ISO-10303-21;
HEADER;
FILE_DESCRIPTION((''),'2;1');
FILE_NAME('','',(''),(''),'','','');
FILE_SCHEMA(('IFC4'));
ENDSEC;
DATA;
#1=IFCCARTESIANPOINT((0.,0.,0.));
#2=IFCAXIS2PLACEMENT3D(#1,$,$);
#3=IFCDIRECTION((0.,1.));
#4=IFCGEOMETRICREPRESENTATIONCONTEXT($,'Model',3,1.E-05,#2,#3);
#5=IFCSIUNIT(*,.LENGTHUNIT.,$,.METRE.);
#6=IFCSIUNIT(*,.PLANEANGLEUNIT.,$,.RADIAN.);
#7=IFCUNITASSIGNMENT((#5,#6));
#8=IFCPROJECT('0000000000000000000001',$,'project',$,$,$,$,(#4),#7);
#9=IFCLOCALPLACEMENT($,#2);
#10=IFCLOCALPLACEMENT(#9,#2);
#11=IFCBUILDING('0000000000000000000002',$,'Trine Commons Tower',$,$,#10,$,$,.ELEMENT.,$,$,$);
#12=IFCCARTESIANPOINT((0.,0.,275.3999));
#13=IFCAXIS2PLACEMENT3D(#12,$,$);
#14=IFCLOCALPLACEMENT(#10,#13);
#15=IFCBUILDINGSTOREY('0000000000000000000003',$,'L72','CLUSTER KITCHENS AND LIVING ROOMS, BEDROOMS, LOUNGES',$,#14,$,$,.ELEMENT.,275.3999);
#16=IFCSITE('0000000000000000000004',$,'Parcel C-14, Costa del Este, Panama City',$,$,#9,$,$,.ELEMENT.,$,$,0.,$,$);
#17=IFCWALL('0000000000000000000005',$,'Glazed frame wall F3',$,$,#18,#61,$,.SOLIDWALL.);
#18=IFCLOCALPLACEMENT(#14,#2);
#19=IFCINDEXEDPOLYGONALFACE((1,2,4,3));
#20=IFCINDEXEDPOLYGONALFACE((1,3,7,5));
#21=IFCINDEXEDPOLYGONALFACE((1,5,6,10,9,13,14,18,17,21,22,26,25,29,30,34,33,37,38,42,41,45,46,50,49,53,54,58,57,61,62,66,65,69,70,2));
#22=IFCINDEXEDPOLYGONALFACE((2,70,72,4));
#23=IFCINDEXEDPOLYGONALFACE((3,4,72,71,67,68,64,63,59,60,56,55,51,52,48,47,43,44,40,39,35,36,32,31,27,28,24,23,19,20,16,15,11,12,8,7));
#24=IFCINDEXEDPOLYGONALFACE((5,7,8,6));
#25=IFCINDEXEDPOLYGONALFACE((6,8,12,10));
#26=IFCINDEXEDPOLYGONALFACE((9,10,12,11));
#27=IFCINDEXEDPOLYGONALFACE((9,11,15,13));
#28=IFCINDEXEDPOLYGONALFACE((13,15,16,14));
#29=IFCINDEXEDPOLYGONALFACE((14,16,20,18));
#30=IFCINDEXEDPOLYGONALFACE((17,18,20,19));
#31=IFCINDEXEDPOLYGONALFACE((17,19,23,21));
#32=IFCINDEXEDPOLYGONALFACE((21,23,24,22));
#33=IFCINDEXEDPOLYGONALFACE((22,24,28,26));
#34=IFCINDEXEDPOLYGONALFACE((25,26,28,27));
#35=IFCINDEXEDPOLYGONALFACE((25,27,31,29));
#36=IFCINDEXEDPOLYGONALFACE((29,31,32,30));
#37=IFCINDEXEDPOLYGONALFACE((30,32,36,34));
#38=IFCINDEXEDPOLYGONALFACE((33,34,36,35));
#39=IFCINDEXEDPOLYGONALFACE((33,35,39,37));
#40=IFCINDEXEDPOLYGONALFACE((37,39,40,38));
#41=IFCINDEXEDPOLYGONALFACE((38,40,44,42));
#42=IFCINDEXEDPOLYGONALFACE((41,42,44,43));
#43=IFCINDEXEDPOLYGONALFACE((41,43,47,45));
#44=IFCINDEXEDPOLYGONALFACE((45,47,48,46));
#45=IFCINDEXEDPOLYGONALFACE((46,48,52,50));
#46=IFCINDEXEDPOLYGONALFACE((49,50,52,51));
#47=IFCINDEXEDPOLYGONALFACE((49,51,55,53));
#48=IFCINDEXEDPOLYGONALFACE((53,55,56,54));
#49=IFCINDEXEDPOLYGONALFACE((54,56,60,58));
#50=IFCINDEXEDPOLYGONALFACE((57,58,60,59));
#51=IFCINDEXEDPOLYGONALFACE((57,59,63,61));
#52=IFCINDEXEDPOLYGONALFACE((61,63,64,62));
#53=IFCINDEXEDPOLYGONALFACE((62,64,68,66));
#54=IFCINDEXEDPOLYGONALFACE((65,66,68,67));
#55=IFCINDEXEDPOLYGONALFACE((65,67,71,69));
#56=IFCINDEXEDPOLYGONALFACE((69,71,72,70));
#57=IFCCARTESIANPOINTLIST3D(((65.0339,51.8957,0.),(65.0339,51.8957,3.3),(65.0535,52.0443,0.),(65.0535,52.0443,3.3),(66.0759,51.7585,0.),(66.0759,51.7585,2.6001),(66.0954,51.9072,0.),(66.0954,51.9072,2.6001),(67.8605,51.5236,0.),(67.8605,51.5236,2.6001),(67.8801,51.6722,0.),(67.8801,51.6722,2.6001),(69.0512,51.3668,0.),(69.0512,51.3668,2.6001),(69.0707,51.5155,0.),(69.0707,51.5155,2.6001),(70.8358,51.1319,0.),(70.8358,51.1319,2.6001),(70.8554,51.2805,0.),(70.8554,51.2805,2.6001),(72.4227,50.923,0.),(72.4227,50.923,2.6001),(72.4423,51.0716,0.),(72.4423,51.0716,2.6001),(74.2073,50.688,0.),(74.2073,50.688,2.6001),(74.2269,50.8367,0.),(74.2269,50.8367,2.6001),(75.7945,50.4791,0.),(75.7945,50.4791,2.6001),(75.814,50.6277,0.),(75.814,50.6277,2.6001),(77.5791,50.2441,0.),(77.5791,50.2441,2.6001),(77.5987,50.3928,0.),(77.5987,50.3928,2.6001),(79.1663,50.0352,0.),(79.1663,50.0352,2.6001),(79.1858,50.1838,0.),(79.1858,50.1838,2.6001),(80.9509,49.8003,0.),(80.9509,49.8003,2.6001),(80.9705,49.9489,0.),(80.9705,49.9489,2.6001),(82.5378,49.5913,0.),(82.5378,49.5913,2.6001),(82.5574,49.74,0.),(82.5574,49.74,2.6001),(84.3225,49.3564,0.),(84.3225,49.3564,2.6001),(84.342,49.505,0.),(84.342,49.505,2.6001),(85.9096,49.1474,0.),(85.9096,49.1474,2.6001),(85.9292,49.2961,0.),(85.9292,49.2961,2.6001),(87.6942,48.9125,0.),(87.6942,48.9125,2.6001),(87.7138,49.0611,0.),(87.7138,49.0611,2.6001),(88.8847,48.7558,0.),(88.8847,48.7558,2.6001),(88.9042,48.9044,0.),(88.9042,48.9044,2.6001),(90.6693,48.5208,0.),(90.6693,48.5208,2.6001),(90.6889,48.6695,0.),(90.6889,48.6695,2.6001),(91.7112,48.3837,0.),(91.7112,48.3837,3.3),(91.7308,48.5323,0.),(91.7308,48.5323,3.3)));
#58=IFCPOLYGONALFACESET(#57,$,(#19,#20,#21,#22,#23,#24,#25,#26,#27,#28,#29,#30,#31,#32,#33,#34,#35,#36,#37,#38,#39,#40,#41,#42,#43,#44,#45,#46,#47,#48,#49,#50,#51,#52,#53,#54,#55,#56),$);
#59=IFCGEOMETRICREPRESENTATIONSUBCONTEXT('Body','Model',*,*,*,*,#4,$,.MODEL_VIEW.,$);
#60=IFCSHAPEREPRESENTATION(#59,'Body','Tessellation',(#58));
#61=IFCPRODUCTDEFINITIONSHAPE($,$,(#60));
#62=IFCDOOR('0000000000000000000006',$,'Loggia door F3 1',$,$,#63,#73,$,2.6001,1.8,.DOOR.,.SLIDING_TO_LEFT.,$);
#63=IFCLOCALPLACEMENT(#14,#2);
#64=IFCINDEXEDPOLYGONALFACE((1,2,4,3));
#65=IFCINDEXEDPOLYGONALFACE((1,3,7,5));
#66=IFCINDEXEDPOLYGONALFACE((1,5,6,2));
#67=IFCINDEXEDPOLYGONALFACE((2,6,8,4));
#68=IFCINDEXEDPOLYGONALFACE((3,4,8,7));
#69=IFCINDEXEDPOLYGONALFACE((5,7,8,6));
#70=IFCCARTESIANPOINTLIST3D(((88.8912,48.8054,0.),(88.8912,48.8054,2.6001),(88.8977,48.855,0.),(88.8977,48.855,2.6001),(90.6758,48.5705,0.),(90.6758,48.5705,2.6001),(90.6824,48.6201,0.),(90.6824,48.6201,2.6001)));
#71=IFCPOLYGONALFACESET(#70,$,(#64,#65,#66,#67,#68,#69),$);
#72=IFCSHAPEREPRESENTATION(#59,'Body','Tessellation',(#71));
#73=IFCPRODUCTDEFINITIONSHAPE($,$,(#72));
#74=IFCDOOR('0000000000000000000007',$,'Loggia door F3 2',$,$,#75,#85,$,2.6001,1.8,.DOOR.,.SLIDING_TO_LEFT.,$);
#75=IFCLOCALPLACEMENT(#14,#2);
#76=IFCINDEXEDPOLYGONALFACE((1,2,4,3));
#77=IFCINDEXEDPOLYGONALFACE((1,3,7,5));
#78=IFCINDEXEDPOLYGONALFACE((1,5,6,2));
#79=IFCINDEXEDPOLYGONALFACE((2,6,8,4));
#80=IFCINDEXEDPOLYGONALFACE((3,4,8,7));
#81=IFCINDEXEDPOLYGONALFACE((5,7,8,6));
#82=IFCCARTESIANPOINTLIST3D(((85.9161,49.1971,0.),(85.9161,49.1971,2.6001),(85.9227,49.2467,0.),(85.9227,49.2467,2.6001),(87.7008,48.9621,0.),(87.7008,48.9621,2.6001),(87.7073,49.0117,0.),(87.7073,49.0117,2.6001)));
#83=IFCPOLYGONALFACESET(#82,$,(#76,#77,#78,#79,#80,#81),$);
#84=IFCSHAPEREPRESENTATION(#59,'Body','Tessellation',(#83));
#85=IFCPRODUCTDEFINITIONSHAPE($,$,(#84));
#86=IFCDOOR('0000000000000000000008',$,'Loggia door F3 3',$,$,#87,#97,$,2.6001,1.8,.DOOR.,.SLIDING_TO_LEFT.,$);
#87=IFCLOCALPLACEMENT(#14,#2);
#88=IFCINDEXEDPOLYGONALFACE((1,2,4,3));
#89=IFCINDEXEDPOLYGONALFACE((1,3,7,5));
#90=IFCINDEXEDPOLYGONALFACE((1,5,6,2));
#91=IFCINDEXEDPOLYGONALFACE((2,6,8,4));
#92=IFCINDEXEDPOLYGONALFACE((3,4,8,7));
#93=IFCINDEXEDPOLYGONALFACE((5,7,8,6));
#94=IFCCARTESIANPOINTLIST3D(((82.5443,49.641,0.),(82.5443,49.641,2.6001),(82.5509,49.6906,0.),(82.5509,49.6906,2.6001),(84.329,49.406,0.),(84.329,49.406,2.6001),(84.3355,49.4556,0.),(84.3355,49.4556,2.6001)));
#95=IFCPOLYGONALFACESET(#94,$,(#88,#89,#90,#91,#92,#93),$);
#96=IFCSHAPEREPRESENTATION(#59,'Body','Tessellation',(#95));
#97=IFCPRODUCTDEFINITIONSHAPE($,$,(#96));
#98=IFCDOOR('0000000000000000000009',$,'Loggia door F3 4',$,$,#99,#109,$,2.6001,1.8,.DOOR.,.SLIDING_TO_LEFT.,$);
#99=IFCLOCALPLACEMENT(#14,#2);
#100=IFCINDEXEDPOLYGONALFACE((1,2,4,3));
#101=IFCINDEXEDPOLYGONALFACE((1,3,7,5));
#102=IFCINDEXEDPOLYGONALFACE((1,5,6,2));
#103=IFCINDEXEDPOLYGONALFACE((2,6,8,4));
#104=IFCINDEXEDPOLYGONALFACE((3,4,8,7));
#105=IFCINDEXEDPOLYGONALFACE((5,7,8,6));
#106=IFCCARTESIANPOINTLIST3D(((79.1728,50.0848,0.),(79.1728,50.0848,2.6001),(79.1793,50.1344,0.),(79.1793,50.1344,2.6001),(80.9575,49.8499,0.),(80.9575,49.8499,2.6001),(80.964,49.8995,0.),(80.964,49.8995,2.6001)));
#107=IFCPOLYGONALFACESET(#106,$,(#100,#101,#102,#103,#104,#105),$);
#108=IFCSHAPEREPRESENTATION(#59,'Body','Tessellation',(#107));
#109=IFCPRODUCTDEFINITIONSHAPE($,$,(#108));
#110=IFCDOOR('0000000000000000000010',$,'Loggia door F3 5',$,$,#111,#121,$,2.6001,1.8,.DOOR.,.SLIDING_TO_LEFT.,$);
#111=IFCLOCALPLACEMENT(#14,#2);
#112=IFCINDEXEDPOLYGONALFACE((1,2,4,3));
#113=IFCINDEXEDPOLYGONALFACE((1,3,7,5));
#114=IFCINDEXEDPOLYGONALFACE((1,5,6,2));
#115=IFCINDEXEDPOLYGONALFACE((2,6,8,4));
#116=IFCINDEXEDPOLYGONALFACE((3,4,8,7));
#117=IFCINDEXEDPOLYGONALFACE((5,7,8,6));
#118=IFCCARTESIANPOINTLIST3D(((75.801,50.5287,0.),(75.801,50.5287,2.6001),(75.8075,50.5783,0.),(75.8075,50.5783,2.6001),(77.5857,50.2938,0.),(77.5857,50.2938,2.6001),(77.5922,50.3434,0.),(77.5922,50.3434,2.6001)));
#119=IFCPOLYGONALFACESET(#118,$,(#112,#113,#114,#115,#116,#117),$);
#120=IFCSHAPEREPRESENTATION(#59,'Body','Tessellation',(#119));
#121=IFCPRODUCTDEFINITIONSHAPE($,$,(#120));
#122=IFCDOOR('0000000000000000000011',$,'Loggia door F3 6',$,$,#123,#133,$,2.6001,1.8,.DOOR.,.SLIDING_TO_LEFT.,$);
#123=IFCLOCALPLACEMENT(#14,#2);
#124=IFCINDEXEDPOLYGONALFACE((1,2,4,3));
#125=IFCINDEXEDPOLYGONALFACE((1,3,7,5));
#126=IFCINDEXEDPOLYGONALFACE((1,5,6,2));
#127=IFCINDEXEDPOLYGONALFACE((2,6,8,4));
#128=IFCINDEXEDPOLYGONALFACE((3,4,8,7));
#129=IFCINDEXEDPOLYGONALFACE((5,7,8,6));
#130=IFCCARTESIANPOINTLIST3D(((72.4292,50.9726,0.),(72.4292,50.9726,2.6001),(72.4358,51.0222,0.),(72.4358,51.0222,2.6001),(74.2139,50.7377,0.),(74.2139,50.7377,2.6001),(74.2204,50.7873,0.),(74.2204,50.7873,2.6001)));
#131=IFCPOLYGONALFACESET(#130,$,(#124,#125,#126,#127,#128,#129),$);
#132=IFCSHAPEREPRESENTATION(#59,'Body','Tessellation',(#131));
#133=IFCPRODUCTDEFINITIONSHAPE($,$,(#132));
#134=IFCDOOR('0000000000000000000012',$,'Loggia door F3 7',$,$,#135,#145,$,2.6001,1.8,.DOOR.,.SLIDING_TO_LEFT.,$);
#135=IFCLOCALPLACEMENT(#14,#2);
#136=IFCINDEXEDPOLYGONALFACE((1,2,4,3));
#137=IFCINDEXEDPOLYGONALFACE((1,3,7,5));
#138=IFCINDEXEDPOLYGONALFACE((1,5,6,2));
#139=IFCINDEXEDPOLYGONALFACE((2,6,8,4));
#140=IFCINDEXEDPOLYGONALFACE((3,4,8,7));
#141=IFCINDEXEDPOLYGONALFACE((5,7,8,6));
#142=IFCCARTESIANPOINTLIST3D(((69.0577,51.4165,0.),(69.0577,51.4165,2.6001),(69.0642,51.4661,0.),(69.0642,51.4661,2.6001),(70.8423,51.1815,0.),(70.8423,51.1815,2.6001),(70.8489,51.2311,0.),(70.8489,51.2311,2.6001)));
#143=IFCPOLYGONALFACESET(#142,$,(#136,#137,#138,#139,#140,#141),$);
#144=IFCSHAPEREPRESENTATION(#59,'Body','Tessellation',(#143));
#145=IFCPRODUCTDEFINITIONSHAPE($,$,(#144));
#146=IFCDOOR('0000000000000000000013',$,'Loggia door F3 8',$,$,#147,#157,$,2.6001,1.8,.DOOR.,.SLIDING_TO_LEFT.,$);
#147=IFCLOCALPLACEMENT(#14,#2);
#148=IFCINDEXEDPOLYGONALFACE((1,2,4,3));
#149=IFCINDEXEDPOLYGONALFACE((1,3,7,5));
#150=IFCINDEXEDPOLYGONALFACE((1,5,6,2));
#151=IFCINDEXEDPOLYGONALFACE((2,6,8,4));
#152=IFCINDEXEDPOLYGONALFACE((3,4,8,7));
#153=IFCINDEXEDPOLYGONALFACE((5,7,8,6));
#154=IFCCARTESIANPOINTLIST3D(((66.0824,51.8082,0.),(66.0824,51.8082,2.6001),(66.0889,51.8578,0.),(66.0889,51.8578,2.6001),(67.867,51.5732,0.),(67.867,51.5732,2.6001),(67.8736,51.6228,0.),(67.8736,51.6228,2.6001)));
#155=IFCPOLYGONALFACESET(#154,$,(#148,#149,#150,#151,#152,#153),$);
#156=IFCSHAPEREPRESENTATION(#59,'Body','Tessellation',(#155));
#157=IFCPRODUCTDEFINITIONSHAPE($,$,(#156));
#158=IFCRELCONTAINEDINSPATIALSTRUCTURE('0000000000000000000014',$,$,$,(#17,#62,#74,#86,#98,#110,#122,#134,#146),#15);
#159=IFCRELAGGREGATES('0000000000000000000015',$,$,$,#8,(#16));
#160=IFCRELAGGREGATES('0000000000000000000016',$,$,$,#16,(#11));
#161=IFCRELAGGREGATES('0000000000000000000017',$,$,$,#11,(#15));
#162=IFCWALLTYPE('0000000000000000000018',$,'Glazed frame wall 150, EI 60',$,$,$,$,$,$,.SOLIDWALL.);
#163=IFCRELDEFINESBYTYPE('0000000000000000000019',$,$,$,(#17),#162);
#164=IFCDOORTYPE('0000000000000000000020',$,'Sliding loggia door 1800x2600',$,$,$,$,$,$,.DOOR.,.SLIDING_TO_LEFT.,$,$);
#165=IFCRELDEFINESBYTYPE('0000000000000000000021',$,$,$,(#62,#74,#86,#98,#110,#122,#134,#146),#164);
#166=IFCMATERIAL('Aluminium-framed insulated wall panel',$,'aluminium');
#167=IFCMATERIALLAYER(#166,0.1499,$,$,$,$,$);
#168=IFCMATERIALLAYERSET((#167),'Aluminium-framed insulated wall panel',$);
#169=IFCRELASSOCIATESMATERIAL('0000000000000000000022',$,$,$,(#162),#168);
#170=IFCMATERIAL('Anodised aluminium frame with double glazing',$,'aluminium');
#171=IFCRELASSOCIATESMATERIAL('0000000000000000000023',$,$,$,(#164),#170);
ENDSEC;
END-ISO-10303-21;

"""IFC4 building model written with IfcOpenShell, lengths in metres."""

from ifc_helpers import new_model, si_unit, direction, frame, frame_2d, origin, place, context, subcontext, project, spatial, polyline, rectangle, outline, extrude, material, layer, layer_set, type_object, element, fill, save


model = new_model("IFC4")

# Units and contexts
model_context = context("Model", 3, precision=1e-05, world=origin(), true_north=direction((0.0, 1.0)))
body_context = subcontext(model_context, "Body", "Model", "MODEL_VIEW")
ifc_project = project(units=[si_unit("LENGTHUNIT", "METRE"), si_unit("PLANEANGLEUNIT", "RADIAN")], contexts=[model_context])

# Site, building, storey
site_placement = place(None, origin())
site = spatial("IfcSite", under=ifc_project, at=site_placement, Name="Parcel C-14, Costa del Este, Panama City", CompositionType="ELEMENT", RefElevation=0.0)
building_placement = place(site_placement, origin())
building = spatial("IfcBuilding", under=site, at=building_placement, Name="Trine Commons Tower", CompositionType="ELEMENT")
storey_placement = place(building_placement, frame((0.0, 0.0, 275.3999)))
storey = spatial("IfcBuildingStorey", under=building, at=storey_placement, Name="L72", Description="CLUSTER KITCHENS AND LIVING ROOMS, BEDROOMS, LOUNGES", CompositionType="ELEMENT", Elevation=275.3999)

# Shared definitions
ifc_material_1 = material(Name="Aluminium-framed insulated wall panel", Category="aluminium")
ifc_layer_1 = layer(ifc_material_1, 0.1499)
ifc_layer_set_1 = layer_set([ifc_layer_1], Name="Aluminium-framed insulated wall panel")
wall_type_1 = type_object("IfcWallType", Name="Glazed frame wall 150, EI 60", PredefinedType="SOLIDWALL", material=ifc_layer_set_1)
ifc_material_2 = material(Name="Anodised aluminium frame with double glazing", Category="aluminium")
door_type = type_object("IfcDoorType", Name="Sliding loggia door 1800x2600", OperationType="SLIDING_TO_LEFT", PredefinedType="DOOR", material=ifc_material_2)

# Wall, openings, doors
wall_1_placement = place(storey_placement, frame((91.8691, 48.4385, 0.0), z_axis=(0.0, 0.0, 1.0), x_axis=(-0.991445, 0.130523, 0.0)))
wall_1 = element("IfcWall", 1, at=wall_1_placement, inside=storey, type_object=wall_type_1, Name="Glazed frame wall F3", PredefinedType="SOLIDWALL", context=body_context, shape_type="SweptSolid", body=[
    extrude(outline(polyline([(0.1494, 0.075), (0.1494, -0.075), (27.0569, -0.075), (27.0569, 0.075), (0.1494, 0.075)])), origin(), (0.0, 0.0, 1.0), 3.3),
])
opening_1_placement = place(wall_1_placement, frame((1.2004, 0.0, 0.0)))
opening_1 = element("IfcOpeningElement", 2, at=opening_1_placement, cuts=wall_1, PredefinedType="OPENING", context=body_context, shape_type="SweptSolid", body=[
    extrude(rectangle(XDim=1.8, YDim=2.6001, at=frame_2d((0.8999, 1.3))), frame((0.0, 0.085, 0.0), z_axis=(0.0, -1.0, 0.0), x_axis=(1.0, 0.0, 0.0)), (0.0, 0.0, 1.0), 0.1699),
])
opening_2_placement = place(wall_1_placement, frame((4.2012, 0.0, 0.0)))
opening_2 = element("IfcOpeningElement", 3, at=opening_2_placement, cuts=wall_1, PredefinedType="OPENING", context=body_context, shape_type="SweptSolid", body=[
    extrude(rectangle(XDim=1.8, YDim=2.6001, at=frame_2d((0.8999, 1.3))), frame((0.0, 0.085, 0.0), z_axis=(0.0, -1.0, 0.0), x_axis=(1.0, 0.0, 0.0)), (0.0, 0.0, 1.0), 0.1699),
])
opening_3_placement = place(wall_1_placement, frame((7.6021, 0.0, 0.0)))
opening_3 = element("IfcOpeningElement", 4, at=opening_3_placement, cuts=wall_1, PredefinedType="OPENING", context=body_context, shape_type="SweptSolid", body=[
    extrude(rectangle(XDim=1.8, YDim=2.6001, at=frame_2d((0.8999, 1.3))), frame((0.0, 0.085, 0.0), z_axis=(0.0, -1.0, 0.0), x_axis=(1.0, 0.0, 0.0)), (0.0, 0.0, 1.0), 0.1699),
])
opening_4_placement = place(wall_1_placement, frame((11.0027, 0.0, 0.0)))
opening_4 = element("IfcOpeningElement", 5, at=opening_4_placement, cuts=wall_1, PredefinedType="OPENING", context=body_context, shape_type="SweptSolid", body=[
    extrude(rectangle(XDim=1.8, YDim=2.6001, at=frame_2d((0.8999, 1.3))), frame((0.0, 0.085, 0.0), z_axis=(0.0, -1.0, 0.0), x_axis=(1.0, 0.0, 0.0)), (0.0, 0.0, 1.0), 0.1699),
])
opening_5_placement = place(wall_1_placement, frame((14.4036, 0.0, 0.0)))
opening_5 = element("IfcOpeningElement", 6, at=opening_5_placement, cuts=wall_1, PredefinedType="OPENING", context=body_context, shape_type="SweptSolid", body=[
    extrude(rectangle(XDim=1.8, YDim=2.6001, at=frame_2d((0.8999, 1.3))), frame((0.0, 0.085, 0.0), z_axis=(0.0, -1.0, 0.0), x_axis=(1.0, 0.0, 0.0)), (0.0, 0.0, 1.0), 0.1699),
])
opening_6_placement = place(wall_1_placement, frame((17.8044, 0.0, 0.0)))
opening_6 = element("IfcOpeningElement", 7, at=opening_6_placement, cuts=wall_1, PredefinedType="OPENING", context=body_context, shape_type="SweptSolid", body=[
    extrude(rectangle(XDim=1.8, YDim=2.6001, at=frame_2d((0.8999, 1.3))), frame((0.0, 0.085, 0.0), z_axis=(0.0, -1.0, 0.0), x_axis=(1.0, 0.0, 0.0)), (0.0, 0.0, 1.0), 0.1699),
])
opening_7_placement = place(wall_1_placement, frame((21.2051, 0.0, 0.0)))
opening_7 = element("IfcOpeningElement", 8, at=opening_7_placement, cuts=wall_1, PredefinedType="OPENING", context=body_context, shape_type="SweptSolid", body=[
    extrude(rectangle(XDim=1.8, YDim=2.6001, at=frame_2d((0.8999, 1.3))), frame((0.0, 0.085, 0.0), z_axis=(0.0, -1.0, 0.0), x_axis=(1.0, 0.0, 0.0)), (0.0, 0.0, 1.0), 0.1699),
])
opening_8_placement = place(wall_1_placement, frame((24.2061, 0.0, 0.0)))
opening_8 = element("IfcOpeningElement", 9, at=opening_8_placement, cuts=wall_1, PredefinedType="OPENING", context=body_context, shape_type="SweptSolid", body=[
    extrude(rectangle(XDim=1.8, YDim=2.6001, at=frame_2d((0.8999, 1.3))), frame((0.0, 0.085, 0.0), z_axis=(0.0, -1.0, 0.0), x_axis=(1.0, 0.0, 0.0)), (0.0, 0.0, 1.0), 0.1699),
])
door_1_placement = place(opening_1_placement, origin())
door_1 = element("IfcDoor", 10, at=door_1_placement, inside=storey, type_object=door_type, Name="Loggia door F3 1", OperationType="SLIDING_TO_LEFT", OverallHeight=2.6001, OverallWidth=1.8, PredefinedType="DOOR", context=body_context, shape_type="SweptSolid", body=[
    extrude(rectangle(XDim=1.8, YDim=2.6001, at=frame_2d((0.8999, 1.3))), frame((0.0, 0.0249, 0.0), z_axis=(0.0, -1.0, 0.0), x_axis=(1.0, 0.0, 0.0)), (0.0, 0.0, 1.0), 0.05),
])
fill(opening_1, door_1)
door_2_placement = place(opening_2_placement, origin())
door_2 = element("IfcDoor", 11, at=door_2_placement, inside=storey, type_object=door_type, Name="Loggia door F3 2", OperationType="SLIDING_TO_LEFT", OverallHeight=2.6001, OverallWidth=1.8, PredefinedType="DOOR", context=body_context, shape_type="SweptSolid", body=[
    extrude(rectangle(XDim=1.8, YDim=2.6001, at=frame_2d((0.8999, 1.3))), frame((0.0, 0.0249, 0.0), z_axis=(0.0, -1.0, 0.0), x_axis=(1.0, 0.0, 0.0)), (0.0, 0.0, 1.0), 0.05),
])
fill(opening_2, door_2)
door_3_placement = place(opening_3_placement, origin())
door_3 = element("IfcDoor", 12, at=door_3_placement, inside=storey, type_object=door_type, Name="Loggia door F3 3", OperationType="SLIDING_TO_LEFT", OverallHeight=2.6001, OverallWidth=1.8, PredefinedType="DOOR", context=body_context, shape_type="SweptSolid", body=[
    extrude(rectangle(XDim=1.8, YDim=2.6001, at=frame_2d((0.8999, 1.3))), frame((0.0, 0.0249, 0.0), z_axis=(0.0, -1.0, 0.0), x_axis=(1.0, 0.0, 0.0)), (0.0, 0.0, 1.0), 0.05),
])
fill(opening_3, door_3)
door_4_placement = place(opening_4_placement, origin())
door_4 = element("IfcDoor", 13, at=door_4_placement, inside=storey, type_object=door_type, Name="Loggia door F3 4", OperationType="SLIDING_TO_LEFT", OverallHeight=2.6001, OverallWidth=1.8, PredefinedType="DOOR", context=body_context, shape_type="SweptSolid", body=[
    extrude(rectangle(XDim=1.8, YDim=2.6001, at=frame_2d((0.8999, 1.3))), frame((0.0, 0.0249, 0.0), z_axis=(0.0, -1.0, 0.0), x_axis=(1.0, 0.0, 0.0)), (0.0, 0.0, 1.0), 0.05),
])
fill(opening_4, door_4)
door_5_placement = place(opening_5_placement, origin())
door_5 = element("IfcDoor", 14, at=door_5_placement, inside=storey, type_object=door_type, Name="Loggia door F3 5", OperationType="SLIDING_TO_LEFT", OverallHeight=2.6001, OverallWidth=1.8, PredefinedType="DOOR", context=body_context, shape_type="SweptSolid", body=[
    extrude(rectangle(XDim=1.8, YDim=2.6001, at=frame_2d((0.8999, 1.3))), frame((0.0, 0.0249, 0.0), z_axis=(0.0, -1.0, 0.0), x_axis=(1.0, 0.0, 0.0)), (0.0, 0.0, 1.0), 0.05),
])
fill(opening_5, door_5)
door_6_placement = place(opening_6_placement, origin())
door_6 = element("IfcDoor", 15, at=door_6_placement, inside=storey, type_object=door_type, Name="Loggia door F3 6", OperationType="SLIDING_TO_LEFT", OverallHeight=2.6001, OverallWidth=1.8, PredefinedType="DOOR", context=body_context, shape_type="SweptSolid", body=[
    extrude(rectangle(XDim=1.8, YDim=2.6001, at=frame_2d((0.8999, 1.3))), frame((0.0, 0.0249, 0.0), z_axis=(0.0, -1.0, 0.0), x_axis=(1.0, 0.0, 0.0)), (0.0, 0.0, 1.0), 0.05),
])
fill(opening_6, door_6)
door_7_placement = place(opening_7_placement, origin())
door_7 = element("IfcDoor", 16, at=door_7_placement, inside=storey, type_object=door_type, Name="Loggia door F3 7", OperationType="SLIDING_TO_LEFT", OverallHeight=2.6001, OverallWidth=1.8, PredefinedType="DOOR", context=body_context, shape_type="SweptSolid", body=[
    extrude(rectangle(XDim=1.8, YDim=2.6001, at=frame_2d((0.8999, 1.3))), frame((0.0, 0.0249, 0.0), z_axis=(0.0, -1.0, 0.0), x_axis=(1.0, 0.0, 0.0)), (0.0, 0.0, 1.0), 0.05),
])
fill(opening_7, door_7)
door_8_placement = place(opening_8_placement, origin())
door_8 = element("IfcDoor", 17, at=door_8_placement, inside=storey, type_object=door_type, Name="Loggia door F3 8", OperationType="SLIDING_TO_LEFT", OverallHeight=2.6001, OverallWidth=1.8, PredefinedType="DOOR", context=body_context, shape_type="SweptSolid", body=[
    extrude(rectangle(XDim=1.8, YDim=2.6001, at=frame_2d((0.8999, 1.3))), frame((0.0, 0.0249, 0.0), z_axis=(0.0, -1.0, 0.0), x_axis=(1.0, 0.0, 0.0)), (0.0, 0.0, 1.0), 0.05),
])
fill(opening_8, door_8)

save(model, "model.ifc")
